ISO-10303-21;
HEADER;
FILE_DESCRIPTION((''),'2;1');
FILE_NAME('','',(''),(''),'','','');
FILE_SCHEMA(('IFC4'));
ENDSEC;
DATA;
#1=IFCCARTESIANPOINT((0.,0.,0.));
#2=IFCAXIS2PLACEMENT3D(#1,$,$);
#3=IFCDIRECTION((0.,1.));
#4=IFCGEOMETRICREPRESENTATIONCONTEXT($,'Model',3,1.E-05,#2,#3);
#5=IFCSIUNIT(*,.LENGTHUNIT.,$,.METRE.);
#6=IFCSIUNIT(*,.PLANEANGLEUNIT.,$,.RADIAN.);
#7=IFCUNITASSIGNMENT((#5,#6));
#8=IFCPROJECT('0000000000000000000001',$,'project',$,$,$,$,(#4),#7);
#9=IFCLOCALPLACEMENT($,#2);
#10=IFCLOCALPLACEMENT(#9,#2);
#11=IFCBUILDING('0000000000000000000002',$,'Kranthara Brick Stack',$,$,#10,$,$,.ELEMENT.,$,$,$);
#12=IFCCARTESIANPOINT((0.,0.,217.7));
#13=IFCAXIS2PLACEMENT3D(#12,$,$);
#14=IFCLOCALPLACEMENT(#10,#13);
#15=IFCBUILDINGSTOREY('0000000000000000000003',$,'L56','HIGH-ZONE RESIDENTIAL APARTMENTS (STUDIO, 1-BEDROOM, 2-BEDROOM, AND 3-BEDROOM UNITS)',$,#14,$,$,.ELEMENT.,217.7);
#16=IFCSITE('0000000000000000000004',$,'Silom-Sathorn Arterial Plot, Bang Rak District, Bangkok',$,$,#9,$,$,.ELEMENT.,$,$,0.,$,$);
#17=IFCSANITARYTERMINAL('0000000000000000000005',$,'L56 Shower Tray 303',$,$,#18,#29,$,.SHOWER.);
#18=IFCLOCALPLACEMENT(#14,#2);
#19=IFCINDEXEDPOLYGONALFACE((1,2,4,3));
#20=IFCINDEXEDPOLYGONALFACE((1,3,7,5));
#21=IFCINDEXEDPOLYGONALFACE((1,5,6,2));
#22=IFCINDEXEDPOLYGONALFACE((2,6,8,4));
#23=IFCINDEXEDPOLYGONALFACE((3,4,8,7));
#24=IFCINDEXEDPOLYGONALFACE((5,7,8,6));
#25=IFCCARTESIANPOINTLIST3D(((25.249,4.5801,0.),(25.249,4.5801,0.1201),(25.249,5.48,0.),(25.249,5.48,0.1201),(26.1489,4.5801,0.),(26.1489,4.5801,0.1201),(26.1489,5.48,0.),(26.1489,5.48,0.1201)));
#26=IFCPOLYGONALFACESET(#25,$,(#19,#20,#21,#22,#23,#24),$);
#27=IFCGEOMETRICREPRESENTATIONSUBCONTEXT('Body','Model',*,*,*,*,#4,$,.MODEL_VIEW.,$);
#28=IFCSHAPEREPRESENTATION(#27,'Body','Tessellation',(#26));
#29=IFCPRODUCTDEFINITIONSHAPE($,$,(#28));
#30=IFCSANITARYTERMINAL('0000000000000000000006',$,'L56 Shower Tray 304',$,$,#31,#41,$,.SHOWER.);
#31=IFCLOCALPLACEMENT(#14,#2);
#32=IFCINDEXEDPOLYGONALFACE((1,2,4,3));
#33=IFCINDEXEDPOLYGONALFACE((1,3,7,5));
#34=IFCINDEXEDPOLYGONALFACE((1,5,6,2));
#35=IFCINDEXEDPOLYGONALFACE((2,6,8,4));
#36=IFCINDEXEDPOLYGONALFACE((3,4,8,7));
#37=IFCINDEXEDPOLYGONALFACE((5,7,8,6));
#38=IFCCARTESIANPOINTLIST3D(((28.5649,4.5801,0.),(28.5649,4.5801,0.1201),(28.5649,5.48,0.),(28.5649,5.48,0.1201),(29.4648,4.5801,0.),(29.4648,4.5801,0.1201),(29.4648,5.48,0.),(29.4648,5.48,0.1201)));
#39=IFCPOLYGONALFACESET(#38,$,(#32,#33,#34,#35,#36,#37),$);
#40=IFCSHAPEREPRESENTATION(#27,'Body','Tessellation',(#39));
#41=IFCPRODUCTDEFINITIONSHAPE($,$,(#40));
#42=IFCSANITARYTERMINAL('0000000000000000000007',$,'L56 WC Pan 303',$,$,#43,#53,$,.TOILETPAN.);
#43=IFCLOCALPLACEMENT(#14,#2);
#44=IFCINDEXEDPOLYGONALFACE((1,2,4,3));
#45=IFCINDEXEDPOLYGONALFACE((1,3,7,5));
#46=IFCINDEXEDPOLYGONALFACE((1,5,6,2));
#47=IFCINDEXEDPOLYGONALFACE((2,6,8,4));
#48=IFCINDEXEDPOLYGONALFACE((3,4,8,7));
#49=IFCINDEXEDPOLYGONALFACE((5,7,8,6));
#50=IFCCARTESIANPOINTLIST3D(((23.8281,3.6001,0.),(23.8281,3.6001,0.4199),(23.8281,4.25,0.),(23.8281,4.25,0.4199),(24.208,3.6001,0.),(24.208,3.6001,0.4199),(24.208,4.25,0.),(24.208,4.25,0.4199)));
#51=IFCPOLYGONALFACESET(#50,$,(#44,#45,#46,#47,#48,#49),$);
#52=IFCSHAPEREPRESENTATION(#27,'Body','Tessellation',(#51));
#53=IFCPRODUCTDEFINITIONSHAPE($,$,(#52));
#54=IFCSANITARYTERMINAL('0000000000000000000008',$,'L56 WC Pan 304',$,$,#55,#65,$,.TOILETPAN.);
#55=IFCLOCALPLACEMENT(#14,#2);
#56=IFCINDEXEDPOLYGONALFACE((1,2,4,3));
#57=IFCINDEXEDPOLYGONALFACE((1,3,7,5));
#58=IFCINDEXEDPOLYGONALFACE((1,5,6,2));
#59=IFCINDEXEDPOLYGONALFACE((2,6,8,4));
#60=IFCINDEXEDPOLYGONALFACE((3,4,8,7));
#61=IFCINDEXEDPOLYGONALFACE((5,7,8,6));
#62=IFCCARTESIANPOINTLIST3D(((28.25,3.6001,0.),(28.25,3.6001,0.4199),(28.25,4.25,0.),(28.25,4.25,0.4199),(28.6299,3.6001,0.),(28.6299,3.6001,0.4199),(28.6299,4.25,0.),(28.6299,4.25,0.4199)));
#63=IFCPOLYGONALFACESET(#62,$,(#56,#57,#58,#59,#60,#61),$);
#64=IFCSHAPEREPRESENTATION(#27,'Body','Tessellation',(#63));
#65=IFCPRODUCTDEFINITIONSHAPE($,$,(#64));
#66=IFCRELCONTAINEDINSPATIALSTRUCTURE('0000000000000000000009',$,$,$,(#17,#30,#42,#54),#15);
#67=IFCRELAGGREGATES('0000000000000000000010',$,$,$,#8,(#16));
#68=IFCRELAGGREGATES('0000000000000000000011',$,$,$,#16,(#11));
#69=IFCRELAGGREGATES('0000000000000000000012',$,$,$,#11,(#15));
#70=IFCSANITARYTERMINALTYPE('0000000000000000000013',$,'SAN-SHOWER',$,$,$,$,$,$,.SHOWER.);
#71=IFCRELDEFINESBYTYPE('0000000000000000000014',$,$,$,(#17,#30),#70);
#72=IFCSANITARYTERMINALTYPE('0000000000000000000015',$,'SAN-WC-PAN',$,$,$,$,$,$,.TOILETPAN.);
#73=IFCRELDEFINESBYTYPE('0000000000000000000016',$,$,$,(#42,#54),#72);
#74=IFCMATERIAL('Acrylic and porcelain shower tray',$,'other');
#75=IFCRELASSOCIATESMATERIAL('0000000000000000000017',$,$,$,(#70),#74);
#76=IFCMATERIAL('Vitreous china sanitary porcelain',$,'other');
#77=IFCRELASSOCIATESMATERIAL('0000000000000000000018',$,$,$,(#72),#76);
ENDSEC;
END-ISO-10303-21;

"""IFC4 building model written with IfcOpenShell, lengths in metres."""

from ifc_helpers import new_model, si_unit, direction, frame, origin, origin_2d, place, context, subcontext, project, spatial, rectangle, extrude, material, type_object, element, save


model = new_model("IFC4")

# Units and contexts
model_context = context("Model", 3, precision=1e-05, world=origin(), true_north=direction((0.0, 1.0)))
body_context = subcontext(model_context, "Body", "Model", "MODEL_VIEW")
ifc_project = project(units=[si_unit("LENGTHUNIT", "METRE"), si_unit("PLANEANGLEUNIT", "RADIAN")], contexts=[model_context])

# Site, building, storey
site_placement = place(None, origin())
site = spatial("IfcSite", under=ifc_project, at=site_placement, Name="Silom-Sathorn Arterial Plot, Bang Rak District, Bangkok", CompositionType="ELEMENT", RefElevation=0.0)
building_placement = place(site_placement, origin())
building = spatial("IfcBuilding", under=site, at=building_placement, Name="Kranthara Brick Stack", CompositionType="ELEMENT")
storey_placement = place(building_placement, frame((0.0, 0.0, 217.7)))
storey = spatial("IfcBuildingStorey", under=building, at=storey_placement, Name="L56", Description="HIGH-ZONE RESIDENTIAL APARTMENTS (STUDIO, 1-BEDROOM, 2-BEDROOM, AND 3-BEDROOM UNITS)", CompositionType="ELEMENT", Elevation=217.7)

# Sanitary terminals
ifc_material_1 = material(Name="Acrylic and porcelain shower tray", Category="other")
sanitary_terminal_type_1 = type_object("IfcSanitaryTerminalType", Name="SAN-SHOWER", PredefinedType="SHOWER", material=ifc_material_1)
for number, where, z_axis, x_axis, name in (
    (1, (25.699, 5.03, 0.0), (0.0, 0.0, 1.0), (1.0, 0.0, 0.0), "L56 Shower Tray 303"),
    (2, (29.0149, 5.03, 0.0), (0.0, 0.0, 1.0), (1.0, 0.0, 0.0), "L56 Shower Tray 304"),
):
    element("IfcSanitaryTerminal", number, at=place(storey_placement, frame(where, z_axis=z_axis, x_axis=x_axis)), inside=storey, type_object=sanitary_terminal_type_1, Name=name, PredefinedType="SHOWER", context=body_context, shape_type="SweptSolid", body=[
        extrude(rectangle(XDim=0.8999, YDim=0.8999, at=origin_2d()), origin(), (0.0, 0.0, 1.0), 0.1201),
    ])
ifc_material_2 = material(Name="Vitreous china sanitary porcelain", Category="other")
sanitary_terminal_type_2 = type_object("IfcSanitaryTerminalType", Name="SAN-WC-PAN", PredefinedType="TOILETPAN", material=ifc_material_2)
for number, where, z_axis, x_axis, name in (
    (3, (24.0181, 3.925, 0.0), (0.0, 0.0, 1.0), (1.0, 0.0, 0.0), "L56 WC Pan 303"),
    (4, (28.4399, 3.925, 0.0), (0.0, 0.0, 1.0), (1.0, 0.0, 0.0), "L56 WC Pan 304"),
):
    element("IfcSanitaryTerminal", number, at=place(storey_placement, frame(where, z_axis=z_axis, x_axis=x_axis)), inside=storey, type_object=sanitary_terminal_type_2, Name=name, PredefinedType="TOILETPAN", context=body_context, shape_type="SweptSolid", body=[
        extrude(rectangle(XDim=0.3799, YDim=0.6499, at=origin_2d()), origin(), (0.0, 0.0, 1.0), 0.4199),
    ])

save(model, "model.ifc")
